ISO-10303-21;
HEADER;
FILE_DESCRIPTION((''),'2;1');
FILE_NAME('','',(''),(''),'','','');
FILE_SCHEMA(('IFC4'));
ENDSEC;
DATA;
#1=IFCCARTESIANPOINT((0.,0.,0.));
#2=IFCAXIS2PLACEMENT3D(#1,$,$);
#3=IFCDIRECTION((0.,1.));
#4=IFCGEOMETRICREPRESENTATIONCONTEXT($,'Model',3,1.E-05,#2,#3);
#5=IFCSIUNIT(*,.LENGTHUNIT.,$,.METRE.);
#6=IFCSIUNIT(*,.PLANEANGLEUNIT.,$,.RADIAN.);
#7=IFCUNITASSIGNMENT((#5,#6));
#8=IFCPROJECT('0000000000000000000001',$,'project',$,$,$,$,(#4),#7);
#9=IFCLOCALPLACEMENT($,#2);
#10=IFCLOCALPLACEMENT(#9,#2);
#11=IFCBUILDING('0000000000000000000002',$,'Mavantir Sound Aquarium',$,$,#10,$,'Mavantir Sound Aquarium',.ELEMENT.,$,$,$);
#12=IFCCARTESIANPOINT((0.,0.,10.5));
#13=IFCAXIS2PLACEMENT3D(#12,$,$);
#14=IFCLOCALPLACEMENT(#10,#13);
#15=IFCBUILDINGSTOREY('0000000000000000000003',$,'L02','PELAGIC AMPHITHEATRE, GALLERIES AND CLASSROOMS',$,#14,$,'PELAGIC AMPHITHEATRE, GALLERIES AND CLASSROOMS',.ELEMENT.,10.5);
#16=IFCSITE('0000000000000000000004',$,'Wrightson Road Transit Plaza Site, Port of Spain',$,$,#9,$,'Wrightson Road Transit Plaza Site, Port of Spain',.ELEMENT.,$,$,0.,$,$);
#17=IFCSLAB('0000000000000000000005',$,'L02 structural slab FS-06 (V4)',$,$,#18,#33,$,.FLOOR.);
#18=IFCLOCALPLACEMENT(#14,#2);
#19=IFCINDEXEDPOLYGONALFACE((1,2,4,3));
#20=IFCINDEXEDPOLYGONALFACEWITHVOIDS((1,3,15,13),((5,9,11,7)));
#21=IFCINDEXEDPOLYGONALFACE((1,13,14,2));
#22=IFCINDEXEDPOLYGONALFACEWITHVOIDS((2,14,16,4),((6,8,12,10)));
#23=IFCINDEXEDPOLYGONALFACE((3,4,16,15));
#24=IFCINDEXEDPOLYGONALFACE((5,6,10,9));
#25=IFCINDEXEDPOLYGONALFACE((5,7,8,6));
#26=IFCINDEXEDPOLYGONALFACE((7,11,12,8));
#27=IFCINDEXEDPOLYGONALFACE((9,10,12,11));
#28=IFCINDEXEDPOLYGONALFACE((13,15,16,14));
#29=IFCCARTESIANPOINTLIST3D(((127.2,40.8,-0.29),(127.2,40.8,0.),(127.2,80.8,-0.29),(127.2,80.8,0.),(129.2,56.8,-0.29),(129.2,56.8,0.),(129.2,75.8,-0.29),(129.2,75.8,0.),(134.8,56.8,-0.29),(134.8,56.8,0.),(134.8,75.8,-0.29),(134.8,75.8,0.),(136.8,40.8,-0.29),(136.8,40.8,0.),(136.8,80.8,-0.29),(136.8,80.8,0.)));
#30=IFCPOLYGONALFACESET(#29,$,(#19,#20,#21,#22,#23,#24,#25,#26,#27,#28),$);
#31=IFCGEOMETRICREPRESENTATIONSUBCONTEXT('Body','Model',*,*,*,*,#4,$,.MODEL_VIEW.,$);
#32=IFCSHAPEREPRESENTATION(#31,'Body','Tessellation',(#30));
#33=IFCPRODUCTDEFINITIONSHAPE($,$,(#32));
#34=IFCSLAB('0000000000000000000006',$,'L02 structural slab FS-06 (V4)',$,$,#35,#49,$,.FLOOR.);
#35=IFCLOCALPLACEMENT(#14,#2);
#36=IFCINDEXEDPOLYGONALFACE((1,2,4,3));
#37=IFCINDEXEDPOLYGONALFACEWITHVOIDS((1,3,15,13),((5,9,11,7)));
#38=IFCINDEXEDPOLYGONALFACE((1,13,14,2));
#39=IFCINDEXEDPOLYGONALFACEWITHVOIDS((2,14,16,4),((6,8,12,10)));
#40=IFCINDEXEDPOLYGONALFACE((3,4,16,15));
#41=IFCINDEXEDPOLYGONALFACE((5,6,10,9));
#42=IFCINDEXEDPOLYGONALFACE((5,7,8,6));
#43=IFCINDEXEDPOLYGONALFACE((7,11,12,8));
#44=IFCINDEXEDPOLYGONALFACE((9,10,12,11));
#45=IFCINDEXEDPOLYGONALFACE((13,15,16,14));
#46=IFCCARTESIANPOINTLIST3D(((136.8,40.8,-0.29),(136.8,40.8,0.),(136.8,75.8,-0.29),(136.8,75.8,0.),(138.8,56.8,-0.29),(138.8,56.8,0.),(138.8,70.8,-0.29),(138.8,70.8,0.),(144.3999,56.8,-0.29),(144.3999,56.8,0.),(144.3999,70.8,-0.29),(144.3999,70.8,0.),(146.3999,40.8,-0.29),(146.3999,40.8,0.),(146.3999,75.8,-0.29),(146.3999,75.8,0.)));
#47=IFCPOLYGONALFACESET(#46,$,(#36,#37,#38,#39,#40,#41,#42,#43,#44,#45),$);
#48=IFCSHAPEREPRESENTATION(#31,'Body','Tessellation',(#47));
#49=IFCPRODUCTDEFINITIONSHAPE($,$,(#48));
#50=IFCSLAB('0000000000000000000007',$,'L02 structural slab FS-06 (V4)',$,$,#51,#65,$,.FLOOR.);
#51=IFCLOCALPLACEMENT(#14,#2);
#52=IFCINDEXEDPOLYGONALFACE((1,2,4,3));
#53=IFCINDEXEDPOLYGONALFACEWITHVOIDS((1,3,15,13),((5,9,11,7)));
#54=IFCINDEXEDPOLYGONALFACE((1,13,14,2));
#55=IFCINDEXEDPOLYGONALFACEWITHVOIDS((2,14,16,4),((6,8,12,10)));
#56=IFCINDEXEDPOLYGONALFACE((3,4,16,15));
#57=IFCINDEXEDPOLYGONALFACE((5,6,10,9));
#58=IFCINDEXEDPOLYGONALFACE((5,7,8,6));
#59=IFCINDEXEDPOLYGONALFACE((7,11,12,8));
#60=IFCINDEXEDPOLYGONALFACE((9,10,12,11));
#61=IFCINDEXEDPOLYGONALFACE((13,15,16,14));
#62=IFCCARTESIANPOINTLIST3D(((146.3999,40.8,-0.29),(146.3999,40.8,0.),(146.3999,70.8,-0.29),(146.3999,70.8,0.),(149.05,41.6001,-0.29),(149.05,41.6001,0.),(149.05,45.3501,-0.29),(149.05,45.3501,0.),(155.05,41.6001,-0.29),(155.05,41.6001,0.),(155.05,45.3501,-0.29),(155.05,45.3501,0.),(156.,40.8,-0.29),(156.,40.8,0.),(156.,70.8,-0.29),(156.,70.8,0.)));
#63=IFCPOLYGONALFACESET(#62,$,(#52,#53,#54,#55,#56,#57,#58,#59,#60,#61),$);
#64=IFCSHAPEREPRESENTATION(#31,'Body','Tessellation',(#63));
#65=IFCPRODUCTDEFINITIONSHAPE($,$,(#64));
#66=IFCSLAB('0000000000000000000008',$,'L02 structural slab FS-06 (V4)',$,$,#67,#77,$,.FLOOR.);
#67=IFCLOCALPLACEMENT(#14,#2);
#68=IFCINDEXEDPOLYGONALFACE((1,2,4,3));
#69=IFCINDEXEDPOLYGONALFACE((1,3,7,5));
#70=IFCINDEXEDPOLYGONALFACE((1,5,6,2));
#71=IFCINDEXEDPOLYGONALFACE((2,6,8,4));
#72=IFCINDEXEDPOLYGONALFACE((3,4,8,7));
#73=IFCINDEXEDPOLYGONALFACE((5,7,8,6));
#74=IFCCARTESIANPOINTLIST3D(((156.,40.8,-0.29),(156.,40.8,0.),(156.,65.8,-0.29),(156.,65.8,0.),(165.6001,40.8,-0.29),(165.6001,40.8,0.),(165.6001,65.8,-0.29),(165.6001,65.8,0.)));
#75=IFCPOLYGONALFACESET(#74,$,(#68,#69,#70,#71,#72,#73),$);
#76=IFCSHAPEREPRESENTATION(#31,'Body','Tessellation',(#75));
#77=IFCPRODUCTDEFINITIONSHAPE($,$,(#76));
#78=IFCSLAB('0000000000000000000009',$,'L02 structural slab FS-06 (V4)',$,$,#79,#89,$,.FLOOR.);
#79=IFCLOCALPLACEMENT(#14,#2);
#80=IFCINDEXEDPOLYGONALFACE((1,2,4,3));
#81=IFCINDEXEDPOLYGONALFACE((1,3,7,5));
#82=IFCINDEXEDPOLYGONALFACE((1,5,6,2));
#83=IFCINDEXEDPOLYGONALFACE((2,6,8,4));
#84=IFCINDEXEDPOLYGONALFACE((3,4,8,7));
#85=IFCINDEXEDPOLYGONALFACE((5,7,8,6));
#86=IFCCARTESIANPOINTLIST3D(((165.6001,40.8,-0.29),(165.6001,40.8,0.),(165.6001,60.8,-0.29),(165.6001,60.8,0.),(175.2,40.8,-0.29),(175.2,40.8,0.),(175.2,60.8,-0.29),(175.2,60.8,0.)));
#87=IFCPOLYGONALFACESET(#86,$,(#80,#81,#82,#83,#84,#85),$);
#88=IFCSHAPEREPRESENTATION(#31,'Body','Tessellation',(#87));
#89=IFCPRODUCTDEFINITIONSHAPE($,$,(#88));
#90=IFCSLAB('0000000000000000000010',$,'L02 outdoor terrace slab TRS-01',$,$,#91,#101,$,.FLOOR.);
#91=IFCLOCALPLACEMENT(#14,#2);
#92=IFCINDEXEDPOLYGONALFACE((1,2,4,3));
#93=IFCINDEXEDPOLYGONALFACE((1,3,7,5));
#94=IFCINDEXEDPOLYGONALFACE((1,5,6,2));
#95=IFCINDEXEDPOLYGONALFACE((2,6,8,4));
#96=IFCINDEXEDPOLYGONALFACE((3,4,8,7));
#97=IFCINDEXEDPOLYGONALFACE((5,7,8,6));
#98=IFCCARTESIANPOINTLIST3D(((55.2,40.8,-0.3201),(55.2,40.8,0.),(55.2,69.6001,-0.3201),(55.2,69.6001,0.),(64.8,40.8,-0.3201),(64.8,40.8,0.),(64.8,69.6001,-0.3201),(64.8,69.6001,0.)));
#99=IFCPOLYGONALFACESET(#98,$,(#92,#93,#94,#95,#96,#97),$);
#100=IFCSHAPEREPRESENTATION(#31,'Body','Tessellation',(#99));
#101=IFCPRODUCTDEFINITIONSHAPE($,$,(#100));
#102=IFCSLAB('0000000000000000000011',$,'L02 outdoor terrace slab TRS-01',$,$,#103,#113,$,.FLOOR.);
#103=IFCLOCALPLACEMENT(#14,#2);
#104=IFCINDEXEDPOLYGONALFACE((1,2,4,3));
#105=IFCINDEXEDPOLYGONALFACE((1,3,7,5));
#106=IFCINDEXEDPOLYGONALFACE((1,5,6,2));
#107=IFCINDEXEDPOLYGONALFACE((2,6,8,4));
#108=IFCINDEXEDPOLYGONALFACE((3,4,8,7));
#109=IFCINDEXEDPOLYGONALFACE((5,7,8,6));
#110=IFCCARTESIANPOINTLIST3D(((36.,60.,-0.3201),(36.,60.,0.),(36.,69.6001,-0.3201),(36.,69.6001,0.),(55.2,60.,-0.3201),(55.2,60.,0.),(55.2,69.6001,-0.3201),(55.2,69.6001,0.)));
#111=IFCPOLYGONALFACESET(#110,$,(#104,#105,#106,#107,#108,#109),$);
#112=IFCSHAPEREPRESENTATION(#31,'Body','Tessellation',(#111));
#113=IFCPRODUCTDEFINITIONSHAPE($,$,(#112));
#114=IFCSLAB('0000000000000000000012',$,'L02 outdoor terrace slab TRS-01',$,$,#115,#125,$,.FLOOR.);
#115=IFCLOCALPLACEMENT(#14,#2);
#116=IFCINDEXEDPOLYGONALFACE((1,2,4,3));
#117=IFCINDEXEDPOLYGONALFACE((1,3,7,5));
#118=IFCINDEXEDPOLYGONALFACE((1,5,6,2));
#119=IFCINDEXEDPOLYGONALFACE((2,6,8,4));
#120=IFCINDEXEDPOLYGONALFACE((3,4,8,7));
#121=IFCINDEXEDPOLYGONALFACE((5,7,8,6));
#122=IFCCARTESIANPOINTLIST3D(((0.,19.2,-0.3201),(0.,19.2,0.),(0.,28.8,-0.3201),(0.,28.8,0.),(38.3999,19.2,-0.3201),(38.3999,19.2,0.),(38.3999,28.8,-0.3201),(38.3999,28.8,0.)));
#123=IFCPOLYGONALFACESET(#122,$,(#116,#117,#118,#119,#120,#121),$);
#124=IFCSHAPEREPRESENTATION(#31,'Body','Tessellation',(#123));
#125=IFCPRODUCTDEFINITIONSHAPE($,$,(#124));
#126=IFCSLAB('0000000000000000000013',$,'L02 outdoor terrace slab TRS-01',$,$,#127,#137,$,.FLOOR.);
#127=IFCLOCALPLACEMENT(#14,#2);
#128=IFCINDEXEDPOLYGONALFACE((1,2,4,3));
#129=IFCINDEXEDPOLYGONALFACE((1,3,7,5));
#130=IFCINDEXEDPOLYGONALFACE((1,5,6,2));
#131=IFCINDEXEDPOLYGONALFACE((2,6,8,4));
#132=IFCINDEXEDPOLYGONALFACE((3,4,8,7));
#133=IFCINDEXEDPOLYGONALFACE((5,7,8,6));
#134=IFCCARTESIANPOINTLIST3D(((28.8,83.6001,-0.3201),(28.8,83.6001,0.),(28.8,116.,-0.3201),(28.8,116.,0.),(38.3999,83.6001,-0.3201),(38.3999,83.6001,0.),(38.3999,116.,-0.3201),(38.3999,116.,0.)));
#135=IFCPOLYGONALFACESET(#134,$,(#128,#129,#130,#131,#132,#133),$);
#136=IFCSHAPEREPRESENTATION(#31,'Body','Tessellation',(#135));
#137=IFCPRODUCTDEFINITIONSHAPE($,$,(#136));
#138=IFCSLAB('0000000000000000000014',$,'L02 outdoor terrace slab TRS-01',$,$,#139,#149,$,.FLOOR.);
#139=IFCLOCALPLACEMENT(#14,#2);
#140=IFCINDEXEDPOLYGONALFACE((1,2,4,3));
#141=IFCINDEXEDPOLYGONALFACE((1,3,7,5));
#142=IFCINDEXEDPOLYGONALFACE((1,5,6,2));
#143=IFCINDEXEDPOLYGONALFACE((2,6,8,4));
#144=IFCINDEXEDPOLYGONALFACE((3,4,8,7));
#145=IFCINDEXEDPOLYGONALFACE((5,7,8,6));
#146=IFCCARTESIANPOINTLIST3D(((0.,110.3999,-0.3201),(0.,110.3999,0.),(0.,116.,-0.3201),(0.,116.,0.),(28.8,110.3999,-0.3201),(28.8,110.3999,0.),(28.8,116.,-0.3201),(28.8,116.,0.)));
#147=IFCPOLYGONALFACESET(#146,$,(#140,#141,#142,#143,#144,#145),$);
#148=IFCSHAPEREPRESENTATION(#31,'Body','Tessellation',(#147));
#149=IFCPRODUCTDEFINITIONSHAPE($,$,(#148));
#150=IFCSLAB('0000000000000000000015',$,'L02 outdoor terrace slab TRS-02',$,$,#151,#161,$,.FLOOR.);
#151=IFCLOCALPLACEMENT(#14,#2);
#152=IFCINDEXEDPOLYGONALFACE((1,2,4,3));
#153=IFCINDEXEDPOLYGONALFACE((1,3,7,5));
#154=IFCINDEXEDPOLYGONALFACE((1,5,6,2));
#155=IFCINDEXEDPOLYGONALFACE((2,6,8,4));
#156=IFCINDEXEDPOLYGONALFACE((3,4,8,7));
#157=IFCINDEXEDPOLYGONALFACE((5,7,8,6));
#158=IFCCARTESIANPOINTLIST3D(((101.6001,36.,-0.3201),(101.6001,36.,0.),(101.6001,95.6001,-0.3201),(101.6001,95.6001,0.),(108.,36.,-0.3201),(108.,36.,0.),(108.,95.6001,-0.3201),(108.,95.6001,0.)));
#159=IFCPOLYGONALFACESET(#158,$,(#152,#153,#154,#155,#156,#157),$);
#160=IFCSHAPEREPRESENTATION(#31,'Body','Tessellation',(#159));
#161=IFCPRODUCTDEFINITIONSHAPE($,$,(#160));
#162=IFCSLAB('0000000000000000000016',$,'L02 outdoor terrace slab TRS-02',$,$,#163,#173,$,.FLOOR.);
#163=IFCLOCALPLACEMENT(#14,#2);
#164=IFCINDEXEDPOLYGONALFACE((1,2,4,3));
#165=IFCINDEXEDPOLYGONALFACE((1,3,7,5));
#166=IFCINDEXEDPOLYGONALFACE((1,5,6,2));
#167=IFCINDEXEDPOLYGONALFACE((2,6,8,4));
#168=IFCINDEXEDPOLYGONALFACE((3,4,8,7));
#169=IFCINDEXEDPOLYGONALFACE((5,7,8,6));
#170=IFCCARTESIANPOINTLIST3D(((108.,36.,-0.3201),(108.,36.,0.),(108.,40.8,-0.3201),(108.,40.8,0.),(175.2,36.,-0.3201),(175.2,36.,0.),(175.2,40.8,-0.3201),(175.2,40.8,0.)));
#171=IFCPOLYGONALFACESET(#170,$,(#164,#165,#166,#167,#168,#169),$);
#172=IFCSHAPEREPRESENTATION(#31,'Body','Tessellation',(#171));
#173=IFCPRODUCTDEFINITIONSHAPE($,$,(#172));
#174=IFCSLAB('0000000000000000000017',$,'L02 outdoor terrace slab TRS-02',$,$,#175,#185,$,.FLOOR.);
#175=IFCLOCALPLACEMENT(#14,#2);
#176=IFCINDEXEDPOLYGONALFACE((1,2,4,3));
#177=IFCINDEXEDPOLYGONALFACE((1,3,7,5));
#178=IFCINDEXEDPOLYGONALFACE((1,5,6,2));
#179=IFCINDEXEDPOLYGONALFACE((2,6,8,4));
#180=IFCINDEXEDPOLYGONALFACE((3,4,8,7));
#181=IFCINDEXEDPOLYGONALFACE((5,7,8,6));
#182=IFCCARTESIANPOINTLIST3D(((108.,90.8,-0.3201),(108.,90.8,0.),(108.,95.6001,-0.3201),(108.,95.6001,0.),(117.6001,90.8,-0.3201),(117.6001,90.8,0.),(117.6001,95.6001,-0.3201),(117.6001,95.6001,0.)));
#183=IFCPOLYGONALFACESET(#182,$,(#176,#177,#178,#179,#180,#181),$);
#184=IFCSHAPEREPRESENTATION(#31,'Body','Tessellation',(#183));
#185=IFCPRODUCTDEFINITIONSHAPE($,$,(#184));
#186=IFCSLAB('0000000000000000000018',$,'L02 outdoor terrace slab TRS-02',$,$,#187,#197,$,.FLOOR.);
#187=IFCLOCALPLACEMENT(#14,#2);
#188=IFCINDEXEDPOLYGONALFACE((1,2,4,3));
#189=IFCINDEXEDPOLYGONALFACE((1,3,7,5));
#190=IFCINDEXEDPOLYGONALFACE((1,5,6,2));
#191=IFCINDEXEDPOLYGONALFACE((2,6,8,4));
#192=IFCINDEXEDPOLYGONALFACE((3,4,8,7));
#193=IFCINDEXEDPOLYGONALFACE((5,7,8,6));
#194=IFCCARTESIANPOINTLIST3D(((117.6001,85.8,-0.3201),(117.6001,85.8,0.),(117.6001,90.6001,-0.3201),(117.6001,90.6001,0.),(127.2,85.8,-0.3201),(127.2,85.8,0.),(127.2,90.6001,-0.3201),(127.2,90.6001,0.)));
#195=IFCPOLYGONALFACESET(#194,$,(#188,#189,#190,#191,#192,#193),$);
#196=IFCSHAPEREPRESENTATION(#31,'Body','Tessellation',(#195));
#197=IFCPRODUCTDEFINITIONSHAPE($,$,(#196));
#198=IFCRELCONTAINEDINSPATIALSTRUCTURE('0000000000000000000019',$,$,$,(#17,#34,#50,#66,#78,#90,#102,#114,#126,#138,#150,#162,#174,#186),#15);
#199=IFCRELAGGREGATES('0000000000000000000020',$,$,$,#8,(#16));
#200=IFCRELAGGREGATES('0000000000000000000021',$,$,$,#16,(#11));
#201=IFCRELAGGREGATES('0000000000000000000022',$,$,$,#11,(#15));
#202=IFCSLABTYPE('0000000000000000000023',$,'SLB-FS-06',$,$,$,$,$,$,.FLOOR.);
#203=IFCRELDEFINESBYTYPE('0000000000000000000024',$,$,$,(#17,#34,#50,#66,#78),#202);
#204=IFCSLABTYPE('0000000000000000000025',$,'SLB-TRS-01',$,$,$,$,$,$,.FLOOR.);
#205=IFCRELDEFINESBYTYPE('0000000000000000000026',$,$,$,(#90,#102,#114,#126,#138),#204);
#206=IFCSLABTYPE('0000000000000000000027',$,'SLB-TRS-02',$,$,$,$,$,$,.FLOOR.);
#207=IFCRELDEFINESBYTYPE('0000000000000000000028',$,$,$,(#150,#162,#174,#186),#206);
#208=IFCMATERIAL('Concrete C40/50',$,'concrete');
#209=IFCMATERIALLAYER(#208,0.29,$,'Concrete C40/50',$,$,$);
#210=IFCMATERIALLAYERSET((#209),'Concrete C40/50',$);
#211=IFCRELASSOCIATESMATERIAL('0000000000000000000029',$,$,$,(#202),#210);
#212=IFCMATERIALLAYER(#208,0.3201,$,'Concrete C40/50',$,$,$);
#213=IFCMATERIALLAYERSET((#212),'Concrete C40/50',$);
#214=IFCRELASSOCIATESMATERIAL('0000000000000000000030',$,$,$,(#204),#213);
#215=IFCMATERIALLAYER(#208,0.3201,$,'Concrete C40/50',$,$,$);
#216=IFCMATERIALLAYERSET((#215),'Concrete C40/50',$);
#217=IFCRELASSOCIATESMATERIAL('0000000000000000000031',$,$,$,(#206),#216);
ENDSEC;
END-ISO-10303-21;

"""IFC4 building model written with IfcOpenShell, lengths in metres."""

from ifc_helpers import new_model, si_unit, direction, frame, origin, place, context, subcontext, project, spatial, polyline, outline, extrude, material, layer, layer_set, type_object, element, save


model = new_model("IFC4")

# Units and contexts
model_context = context("Model", 3, precision=1e-05, world=origin(), true_north=direction((0.0, 1.0)))
body_context = subcontext(model_context, "Body", "Model", "MODEL_VIEW")
ifc_project = project(units=[si_unit("LENGTHUNIT", "METRE"), si_unit("PLANEANGLEUNIT", "RADIAN")], contexts=[model_context])

# Site, building, storey
site_placement = place(None, origin())
site = spatial("IfcSite", under=ifc_project, at=site_placement, Name="Wrightson Road Transit Plaza Site, Port of Spain", LongName="Wrightson Road Transit Plaza Site, Port of Spain", CompositionType="ELEMENT", RefElevation=0.0)
building_placement = place(site_placement, origin())
building = spatial("IfcBuilding", under=site, at=building_placement, Name="Mavantir Sound Aquarium", LongName="Mavantir Sound Aquarium", CompositionType="ELEMENT")
storey_placement = place(building_placement, frame((0.0, 0.0, 10.5)))
storey = spatial("IfcBuildingStorey", under=building, at=storey_placement, Name="L02", Description="PELAGIC AMPHITHEATRE, GALLERIES AND CLASSROOMS", LongName="PELAGIC AMPHITHEATRE, GALLERIES AND CLASSROOMS", CompositionType="ELEMENT", Elevation=10.5)

# Slabs
ifc_material_1 = material(Name="Concrete C40/50", Category="concrete")
ifc_layer_1 = layer(ifc_material_1, 0.29, Name="Concrete C40/50")
ifc_layer_set_1 = layer_set([ifc_layer_1], Name="Concrete C40/50")
slab_type_1 = type_object("IfcSlabType", Name="SLB-FS-06", PredefinedType="FLOOR", material=ifc_layer_set_1)
slab_1_placement = place(storey_placement, frame((0.0, 0.0, -0.29)))
element("IfcSlab", 1, at=slab_1_placement, inside=storey, type_object=slab_type_1, Name="L02 structural slab FS-06 (V4)", PredefinedType="FLOOR", context=body_context, shape_type="SweptSolid", body=[
    extrude(outline(polyline([(136.8, 40.8), (136.8, 80.8), (127.2, 80.8), (127.2, 40.8), (136.8, 40.8)]), holes=[polyline([(129.2, 56.8), (134.8, 56.8), (134.8, 75.8), (129.2, 75.8), (129.2, 56.8)])]), origin(), (0.0, 0.0, 1.0), 0.29),
])
slab_2_placement = place(storey_placement, frame((0.0, 0.0, -0.29)))
element("IfcSlab", 2, at=slab_2_placement, inside=storey, type_object=slab_type_1, Name="L02 structural slab FS-06 (V4)", PredefinedType="FLOOR", context=body_context, shape_type="SweptSolid", body=[
    extrude(outline(polyline([(146.3999, 40.8), (146.3999, 75.8), (136.8, 75.8), (136.8, 40.8), (146.3999, 40.8)]), holes=[polyline([(138.8, 56.8), (144.3999, 56.8), (144.3999, 70.8), (138.8, 70.8), (138.8, 56.8)])]), origin(), (0.0, 0.0, 1.0), 0.29),
])
slab_3_placement = place(storey_placement, frame((0.0, 0.0, -0.29)))
element("IfcSlab", 3, at=slab_3_placement, inside=storey, type_object=slab_type_1, Name="L02 structural slab FS-06 (V4)", PredefinedType="FLOOR", context=body_context, shape_type="SweptSolid", body=[
    extrude(outline(polyline([(156.0, 40.8), (156.0, 70.8), (146.3999, 70.8), (146.3999, 40.8), (156.0, 40.8)]), holes=[polyline([(149.05, 41.6001), (155.05, 41.6001), (155.05, 45.3501), (149.05, 45.3501), (149.05, 41.6001)])]), origin(), (0.0, 0.0, 1.0), 0.29),
])
slab_4_placement = place(storey_placement, frame((0.0, 0.0, -0.29)))
element("IfcSlab", 4, at=slab_4_placement, inside=storey, type_object=slab_type_1, Name="L02 structural slab FS-06 (V4)", PredefinedType="FLOOR", context=body_context, shape_type="SweptSolid", body=[
    extrude(outline(polyline([(165.6001, 40.8), (165.6001, 65.8), (156.0, 65.8), (156.0, 40.8), (165.6001, 40.8)])), origin(), (0.0, 0.0, 1.0), 0.29),
])
slab_5_placement = place(storey_placement, frame((0.0, 0.0, -0.29)))
element("IfcSlab", 5, at=slab_5_placement, inside=storey, type_object=slab_type_1, Name="L02 structural slab FS-06 (V4)", PredefinedType="FLOOR", context=body_context, shape_type="SweptSolid", body=[
    extrude(outline(polyline([(175.2, 40.8), (175.2, 60.8), (165.6001, 60.8), (165.6001, 40.8), (175.2, 40.8)])), origin(), (0.0, 0.0, 1.0), 0.29),
])
ifc_layer_2 = layer(ifc_material_1, 0.3201, Name="Concrete C40/50")
ifc_layer_set_2 = layer_set([ifc_layer_2], Name="Concrete C40/50")
slab_type_2 = type_object("IfcSlabType", Name="SLB-TRS-01", PredefinedType="FLOOR", material=ifc_layer_set_2)
slab_6_placement = place(storey_placement, frame((0.0, 0.0, -0.3201)))
element("IfcSlab", 6, at=slab_6_placement, inside=storey, type_object=slab_type_2, Name="L02 outdoor terrace slab TRS-01", PredefinedType="FLOOR", context=body_context, shape_type="SweptSolid", body=[
    extrude(outline(polyline([(55.2, 40.8), (64.8, 40.8), (64.8, 69.6001), (55.2, 69.6001), (55.2, 40.8)])), origin(), (0.0, 0.0, 1.0), 0.3201),
])
slab_7_placement = place(storey_placement, frame((0.0, 0.0, -0.3201)))
element("IfcSlab", 7, at=slab_7_placement, inside=storey, type_object=slab_type_2, Name="L02 outdoor terrace slab TRS-01", PredefinedType="FLOOR", context=body_context, shape_type="SweptSolid", body=[
    extrude(outline(polyline([(36.0, 60.0), (55.2, 60.0), (55.2, 69.6001), (36.0, 69.6001), (36.0, 60.0)])), origin(), (0.0, 0.0, 1.0), 0.3201),
])
slab_8_placement = place(storey_placement, frame((0.0, 0.0, -0.3201)))
element("IfcSlab", 8, at=slab_8_placement, inside=storey, type_object=slab_type_2, Name="L02 outdoor terrace slab TRS-01", PredefinedType="FLOOR", context=body_context, shape_type="SweptSolid", body=[
    extrude(outline(polyline([(0.0, 19.2), (38.3999, 19.2), (38.3999, 28.8), (0.0, 28.8), (0.0, 19.2)])), origin(), (0.0, 0.0, 1.0), 0.3201),
])
slab_9_placement = place(storey_placement, frame((0.0, 0.0, -0.3201)))
element("IfcSlab", 9, at=slab_9_placement, inside=storey, type_object=slab_type_2, Name="L02 outdoor terrace slab TRS-01", PredefinedType="FLOOR", context=body_context, shape_type="SweptSolid", body=[
    extrude(outline(polyline([(28.8, 83.6001), (38.3999, 83.6001), (38.3999, 116.0), (28.8, 116.0), (28.8, 83.6001)])), origin(), (0.0, 0.0, 1.0), 0.3201),
])
slab_10_placement = place(storey_placement, frame((0.0, 0.0, -0.3201)))
element("IfcSlab", 10, at=slab_10_placement, inside=storey, type_object=slab_type_2, Name="L02 outdoor terrace slab TRS-01", PredefinedType="FLOOR", context=body_context, shape_type="SweptSolid", body=[
    extrude(outline(polyline([(0.0, 110.3999), (28.8, 110.3999), (28.8, 116.0), (0.0, 116.0), (0.0, 110.3999)])), origin(), (0.0, 0.0, 1.0), 0.3201),
])
ifc_layer_3 = layer(ifc_material_1, 0.3201, Name="Concrete C40/50")
ifc_layer_set_3 = layer_set([ifc_layer_3], Name="Concrete C40/50")
slab_type_3 = type_object("IfcSlabType", Name="SLB-TRS-02", PredefinedType="FLOOR", material=ifc_layer_set_3)
slab_11_placement = place(storey_placement, frame((0.0, 0.0, -0.3201)))
element("IfcSlab", 11, at=slab_11_placement, inside=storey, type_object=slab_type_3, Name="L02 outdoor terrace slab TRS-02", PredefinedType="FLOOR", context=body_context, shape_type="SweptSolid", body=[
    extrude(outline(polyline([(101.6001, 36.0), (108.0, 36.0), (108.0, 95.6001), (101.6001, 95.6001), (101.6001, 36.0)])), origin(), (0.0, 0.0, 1.0), 0.3201),
])
slab_12_placement = place(storey_placement, frame((0.0, 0.0, -0.3201)))
element("IfcSlab", 12, at=slab_12_placement, inside=storey, type_object=slab_type_3, Name="L02 outdoor terrace slab TRS-02", PredefinedType="FLOOR", context=body_context, shape_type="SweptSolid", body=[
    extrude(outline(polyline([(108.0, 36.0), (175.2, 36.0), (175.2, 40.8), (108.0, 40.8), (108.0, 36.0)])), origin(), (0.0, 0.0, 1.0), 0.3201),
])
slab_13_placement = place(storey_placement, frame((0.0, 0.0, -0.3201)))
element("IfcSlab", 13, at=slab_13_placement, inside=storey, type_object=slab_type_3, Name="L02 outdoor terrace slab TRS-02", PredefinedType="FLOOR", context=body_context, shape_type="SweptSolid", body=[
    extrude(outline(polyline([(108.0, 90.8), (117.6001, 90.8), (117.6001, 95.6001), (108.0, 95.6001), (108.0, 90.8)])), origin(), (0.0, 0.0, 1.0), 0.3201),
])
slab_14_placement = place(storey_placement, frame((0.0, 0.0, -0.3201)))
element("IfcSlab", 14, at=slab_14_placement, inside=storey, type_object=slab_type_3, Name="L02 outdoor terrace slab TRS-02", PredefinedType="FLOOR", context=body_context, shape_type="SweptSolid", body=[
    extrude(outline(polyline([(117.6001, 85.8), (127.2, 85.8), (127.2, 90.6001), (117.6001, 90.6001), (117.6001, 85.8)])), origin(), (0.0, 0.0, 1.0), 0.3201),
])

save(model, "model.ifc")
